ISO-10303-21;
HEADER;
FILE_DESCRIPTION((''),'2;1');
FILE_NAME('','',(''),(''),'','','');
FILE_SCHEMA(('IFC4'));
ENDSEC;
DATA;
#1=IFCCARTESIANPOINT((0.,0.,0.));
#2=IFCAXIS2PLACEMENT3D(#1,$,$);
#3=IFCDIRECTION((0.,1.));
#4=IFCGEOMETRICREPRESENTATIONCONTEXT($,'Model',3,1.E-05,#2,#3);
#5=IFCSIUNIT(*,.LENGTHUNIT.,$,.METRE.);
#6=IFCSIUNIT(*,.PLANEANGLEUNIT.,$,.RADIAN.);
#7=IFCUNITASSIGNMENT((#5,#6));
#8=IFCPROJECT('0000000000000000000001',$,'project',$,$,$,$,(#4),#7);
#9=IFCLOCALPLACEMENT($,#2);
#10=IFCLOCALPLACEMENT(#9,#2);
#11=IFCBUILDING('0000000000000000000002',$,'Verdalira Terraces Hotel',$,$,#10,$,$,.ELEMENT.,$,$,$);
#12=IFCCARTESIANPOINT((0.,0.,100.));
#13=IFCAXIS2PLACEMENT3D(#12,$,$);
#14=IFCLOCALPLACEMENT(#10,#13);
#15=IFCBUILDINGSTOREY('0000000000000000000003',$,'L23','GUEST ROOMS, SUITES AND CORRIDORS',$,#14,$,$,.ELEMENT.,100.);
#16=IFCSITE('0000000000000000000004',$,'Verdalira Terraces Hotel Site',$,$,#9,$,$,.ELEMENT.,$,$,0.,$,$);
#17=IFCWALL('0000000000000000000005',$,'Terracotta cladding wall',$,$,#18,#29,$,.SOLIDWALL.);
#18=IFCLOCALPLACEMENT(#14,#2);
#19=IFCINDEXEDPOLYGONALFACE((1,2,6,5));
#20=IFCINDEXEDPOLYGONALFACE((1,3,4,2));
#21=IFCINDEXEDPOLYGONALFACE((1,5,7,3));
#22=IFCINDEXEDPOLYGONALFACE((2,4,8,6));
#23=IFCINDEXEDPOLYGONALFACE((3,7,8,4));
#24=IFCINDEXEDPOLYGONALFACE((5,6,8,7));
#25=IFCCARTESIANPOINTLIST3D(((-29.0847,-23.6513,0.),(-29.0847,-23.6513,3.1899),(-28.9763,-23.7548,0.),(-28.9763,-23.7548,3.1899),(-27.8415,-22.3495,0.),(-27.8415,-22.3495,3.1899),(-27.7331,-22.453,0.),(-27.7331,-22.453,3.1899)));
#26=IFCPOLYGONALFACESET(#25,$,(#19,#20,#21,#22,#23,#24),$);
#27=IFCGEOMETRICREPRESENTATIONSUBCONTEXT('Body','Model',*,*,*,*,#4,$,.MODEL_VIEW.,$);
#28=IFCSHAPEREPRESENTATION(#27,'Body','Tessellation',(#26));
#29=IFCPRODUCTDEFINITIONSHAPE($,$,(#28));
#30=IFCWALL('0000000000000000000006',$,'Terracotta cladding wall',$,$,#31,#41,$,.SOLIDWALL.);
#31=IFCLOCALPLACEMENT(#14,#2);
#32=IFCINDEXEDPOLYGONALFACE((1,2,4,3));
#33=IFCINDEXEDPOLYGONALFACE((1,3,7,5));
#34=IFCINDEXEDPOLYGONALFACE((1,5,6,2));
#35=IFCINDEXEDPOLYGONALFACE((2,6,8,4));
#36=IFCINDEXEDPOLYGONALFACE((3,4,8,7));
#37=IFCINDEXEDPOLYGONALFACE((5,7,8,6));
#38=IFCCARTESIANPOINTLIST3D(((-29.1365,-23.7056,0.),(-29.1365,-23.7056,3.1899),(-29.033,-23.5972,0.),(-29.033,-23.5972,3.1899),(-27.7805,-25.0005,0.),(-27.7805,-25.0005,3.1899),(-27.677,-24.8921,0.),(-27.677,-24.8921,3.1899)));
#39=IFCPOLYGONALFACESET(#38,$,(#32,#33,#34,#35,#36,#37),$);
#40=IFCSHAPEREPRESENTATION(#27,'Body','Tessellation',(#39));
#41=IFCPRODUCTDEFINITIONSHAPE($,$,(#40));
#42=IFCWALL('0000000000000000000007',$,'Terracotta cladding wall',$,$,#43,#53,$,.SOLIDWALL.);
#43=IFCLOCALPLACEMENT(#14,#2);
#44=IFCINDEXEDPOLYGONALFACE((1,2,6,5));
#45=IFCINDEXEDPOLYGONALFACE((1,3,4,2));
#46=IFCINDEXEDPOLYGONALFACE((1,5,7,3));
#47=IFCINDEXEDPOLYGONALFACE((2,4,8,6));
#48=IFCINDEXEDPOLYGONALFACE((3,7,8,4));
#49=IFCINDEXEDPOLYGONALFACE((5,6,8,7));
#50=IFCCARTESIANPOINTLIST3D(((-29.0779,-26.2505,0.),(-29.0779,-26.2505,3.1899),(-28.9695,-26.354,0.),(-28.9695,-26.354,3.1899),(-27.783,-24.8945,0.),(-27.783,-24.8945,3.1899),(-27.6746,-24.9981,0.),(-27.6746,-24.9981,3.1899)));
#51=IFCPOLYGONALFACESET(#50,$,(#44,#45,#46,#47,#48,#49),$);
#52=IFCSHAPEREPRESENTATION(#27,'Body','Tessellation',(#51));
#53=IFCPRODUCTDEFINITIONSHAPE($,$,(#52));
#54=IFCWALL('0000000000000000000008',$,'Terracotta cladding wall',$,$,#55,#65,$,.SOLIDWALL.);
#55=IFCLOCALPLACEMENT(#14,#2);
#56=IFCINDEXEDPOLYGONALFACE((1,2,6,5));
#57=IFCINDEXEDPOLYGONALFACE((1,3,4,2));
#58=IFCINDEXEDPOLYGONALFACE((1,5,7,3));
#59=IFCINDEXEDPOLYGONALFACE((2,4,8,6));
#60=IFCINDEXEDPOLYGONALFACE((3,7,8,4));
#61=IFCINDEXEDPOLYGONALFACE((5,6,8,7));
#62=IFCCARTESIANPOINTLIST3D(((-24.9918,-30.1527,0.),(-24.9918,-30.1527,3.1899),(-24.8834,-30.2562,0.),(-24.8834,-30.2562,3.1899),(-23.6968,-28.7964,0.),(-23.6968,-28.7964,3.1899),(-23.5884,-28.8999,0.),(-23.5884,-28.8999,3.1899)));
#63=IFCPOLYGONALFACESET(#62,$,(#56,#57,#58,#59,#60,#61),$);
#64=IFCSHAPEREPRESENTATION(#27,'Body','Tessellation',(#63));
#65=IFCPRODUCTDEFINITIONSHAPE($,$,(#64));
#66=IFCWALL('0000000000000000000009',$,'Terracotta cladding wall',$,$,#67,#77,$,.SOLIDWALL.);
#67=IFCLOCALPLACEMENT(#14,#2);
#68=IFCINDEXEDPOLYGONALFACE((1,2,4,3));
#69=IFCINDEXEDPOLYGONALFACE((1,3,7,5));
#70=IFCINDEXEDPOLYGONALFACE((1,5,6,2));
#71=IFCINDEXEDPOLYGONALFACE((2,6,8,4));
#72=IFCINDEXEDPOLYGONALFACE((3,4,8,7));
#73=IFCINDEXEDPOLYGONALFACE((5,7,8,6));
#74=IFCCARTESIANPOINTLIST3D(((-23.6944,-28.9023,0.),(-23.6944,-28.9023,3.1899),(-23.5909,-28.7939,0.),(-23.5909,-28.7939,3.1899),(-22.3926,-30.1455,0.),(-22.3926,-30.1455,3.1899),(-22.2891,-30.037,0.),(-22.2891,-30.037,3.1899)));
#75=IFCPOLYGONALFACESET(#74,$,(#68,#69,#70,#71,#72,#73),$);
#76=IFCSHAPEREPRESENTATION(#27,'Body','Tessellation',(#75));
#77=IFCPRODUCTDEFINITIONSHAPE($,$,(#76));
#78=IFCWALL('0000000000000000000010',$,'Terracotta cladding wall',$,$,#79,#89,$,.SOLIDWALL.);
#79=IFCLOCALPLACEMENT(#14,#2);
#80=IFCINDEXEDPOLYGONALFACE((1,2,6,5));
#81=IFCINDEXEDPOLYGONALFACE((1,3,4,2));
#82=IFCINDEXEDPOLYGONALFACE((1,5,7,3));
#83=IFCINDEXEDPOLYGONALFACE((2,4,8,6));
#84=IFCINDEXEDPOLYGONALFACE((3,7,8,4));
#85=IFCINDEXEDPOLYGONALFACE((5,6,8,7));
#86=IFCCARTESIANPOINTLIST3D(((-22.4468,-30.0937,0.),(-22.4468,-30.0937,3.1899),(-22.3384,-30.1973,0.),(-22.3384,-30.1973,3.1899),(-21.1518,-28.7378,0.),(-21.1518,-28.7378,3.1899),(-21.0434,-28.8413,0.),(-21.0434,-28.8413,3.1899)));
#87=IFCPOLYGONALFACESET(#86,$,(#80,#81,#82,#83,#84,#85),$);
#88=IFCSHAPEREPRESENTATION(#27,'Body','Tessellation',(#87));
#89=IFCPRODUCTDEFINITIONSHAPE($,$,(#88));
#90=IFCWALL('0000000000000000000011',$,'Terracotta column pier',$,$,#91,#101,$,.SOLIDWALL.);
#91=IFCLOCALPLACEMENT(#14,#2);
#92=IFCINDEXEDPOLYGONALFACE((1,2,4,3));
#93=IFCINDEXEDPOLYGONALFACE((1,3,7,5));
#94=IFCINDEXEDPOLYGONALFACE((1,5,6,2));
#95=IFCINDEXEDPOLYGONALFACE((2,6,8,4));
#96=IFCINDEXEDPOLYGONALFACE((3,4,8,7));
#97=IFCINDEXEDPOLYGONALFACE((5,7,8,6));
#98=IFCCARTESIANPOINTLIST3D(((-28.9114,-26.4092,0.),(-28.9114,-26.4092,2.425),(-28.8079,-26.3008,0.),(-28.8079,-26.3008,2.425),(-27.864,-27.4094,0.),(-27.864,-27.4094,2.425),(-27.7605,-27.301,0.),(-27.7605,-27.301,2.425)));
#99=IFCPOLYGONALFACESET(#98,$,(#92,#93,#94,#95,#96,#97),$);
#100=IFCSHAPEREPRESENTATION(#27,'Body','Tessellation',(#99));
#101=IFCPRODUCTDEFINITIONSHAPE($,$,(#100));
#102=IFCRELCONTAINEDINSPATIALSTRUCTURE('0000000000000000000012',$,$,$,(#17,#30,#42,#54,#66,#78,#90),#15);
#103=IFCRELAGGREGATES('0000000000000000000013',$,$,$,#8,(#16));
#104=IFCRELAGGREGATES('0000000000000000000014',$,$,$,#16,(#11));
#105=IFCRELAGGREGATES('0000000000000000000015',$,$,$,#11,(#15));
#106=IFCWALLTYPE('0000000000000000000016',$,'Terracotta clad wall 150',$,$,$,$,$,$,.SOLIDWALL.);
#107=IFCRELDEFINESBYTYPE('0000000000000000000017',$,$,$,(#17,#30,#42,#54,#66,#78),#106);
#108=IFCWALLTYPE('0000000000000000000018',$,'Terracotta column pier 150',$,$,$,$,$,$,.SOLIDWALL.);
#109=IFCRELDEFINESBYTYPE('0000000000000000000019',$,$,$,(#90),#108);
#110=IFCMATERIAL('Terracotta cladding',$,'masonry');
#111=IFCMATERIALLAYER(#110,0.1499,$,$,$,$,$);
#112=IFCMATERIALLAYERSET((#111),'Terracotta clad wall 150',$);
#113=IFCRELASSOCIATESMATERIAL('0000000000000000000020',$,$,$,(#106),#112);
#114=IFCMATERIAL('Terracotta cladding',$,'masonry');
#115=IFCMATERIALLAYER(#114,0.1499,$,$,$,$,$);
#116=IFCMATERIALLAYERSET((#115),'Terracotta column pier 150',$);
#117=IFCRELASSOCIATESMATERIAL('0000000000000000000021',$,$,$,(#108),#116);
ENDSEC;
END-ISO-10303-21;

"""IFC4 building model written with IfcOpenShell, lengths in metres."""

from ifc_helpers import new_model, si_unit, direction, frame, frame_2d, origin, place, context, subcontext, project, spatial, rectangle, extrude, material, layer, layer_set, type_object, element, save


model = new_model("IFC4")

# Units and contexts
model_context = context("Model", 3, precision=1e-05, world=origin(), true_north=direction((0.0, 1.0)))
body_context = subcontext(model_context, "Body", "Model", "MODEL_VIEW")
ifc_project = project(units=[si_unit("LENGTHUNIT", "METRE"), si_unit("PLANEANGLEUNIT", "RADIAN")], contexts=[model_context])

# Site, building, storey
site_placement = place(None, origin())
site = spatial("IfcSite", under=ifc_project, at=site_placement, Name="Verdalira Terraces Hotel Site", CompositionType="ELEMENT", RefElevation=0.0)
building_placement = place(site_placement, origin())
building = spatial("IfcBuilding", under=site, at=building_placement, Name="Verdalira Terraces Hotel", CompositionType="ELEMENT")
storey_placement = place(building_placement, frame((0.0, 0.0, 100.0)))
storey = spatial("IfcBuildingStorey", under=building, at=storey_placement, Name="L23", Description="GUEST ROOMS, SUITES AND CORRIDORS", CompositionType="ELEMENT", Elevation=100.0)

# Walls
ifc_material_1 = material(Name="Terracotta cladding", Category="masonry")
ifc_layer_1 = layer(ifc_material_1, 0.1499)
ifc_layer_set_1 = layer_set([ifc_layer_1], Name="Terracotta clad wall 150")
wall_type_1 = type_object("IfcWallType", Name="Terracotta clad wall 150", PredefinedType="SOLIDWALL", material=ifc_layer_set_1)
wall_1_placement = place(storey_placement, frame((-27.7874, -22.4014, 0.0), z_axis=(0.0, 0.0, 1.0), x_axis=(-0.690643, -0.723195, 0.0)))
element("IfcWall", 1, at=wall_1_placement, inside=storey, type_object=wall_type_1, Name="Terracotta cladding wall", PredefinedType="SOLIDWALL", context=body_context, shape_type="SweptSolid", body=[
    extrude(rectangle(XDim=1.8, YDim=0.1499, at=frame_2d((0.8999, 0.0))), origin(), (0.0, 0.0, 1.0), 3.1899),
])
for number, where, z_axis, x_axis, name in (
    (2, (-29.0847, -23.6514, 0.0), (0.0, 0.0, 1.0), (0.723196, -0.690643, 0.0), "Terracotta cladding wall"),
    (3, (-27.7288, -24.9463, 0.0), (0.0, 0.0, 1.0), (-0.690643, -0.723196, 0.0), "Terracotta cladding wall"),
):
    element("IfcWall", number, at=place(storey_placement, frame(where, z_axis=z_axis, x_axis=x_axis)), inside=storey, type_object=wall_type_1, Name=name, PredefinedType="SOLIDWALL", context=body_context, shape_type="SweptSolid", body=[
        extrude(rectangle(XDim=1.875, YDim=0.1499, at=frame_2d((0.9375, 0.0))), origin(), (0.0, 0.0, 1.0), 3.1899),
    ])
wall_2_placement = place(storey_placement, frame((-24.9375, -30.2043, 0.0), z_axis=(0.0, 0.0, 1.0), x_axis=(0.690578, 0.723258, 0.0)))
element("IfcWall", 4, at=wall_2_placement, inside=storey, type_object=wall_type_1, Name="Terracotta cladding wall", PredefinedType="SOLIDWALL", context=body_context, shape_type="SweptSolid", body=[
    extrude(rectangle(XDim=1.8752, YDim=0.1499, at=frame_2d((0.9375, 0.0))), origin(), (0.0, 0.0, 1.0), 3.1899),
])
wall_3_placement = place(storey_placement, frame((-23.6426, -28.8481, 0.0), z_axis=(0.0, 0.0, 1.0), x_axis=(0.723195, -0.690643, 0.0)))
element("IfcWall", 5, at=wall_3_placement, inside=storey, type_object=wall_type_1, Name="Terracotta cladding wall", PredefinedType="SOLIDWALL", context=body_context, shape_type="SweptSolid", body=[
    extrude(rectangle(XDim=1.8, YDim=0.1499, at=frame_2d((0.8999, 0.0))), origin(), (0.0, 0.0, 1.0), 3.1899),
])
wall_4_placement = place(storey_placement, frame((-22.3926, -30.1455, 0.0), z_axis=(0.0, 0.0, 1.0), x_axis=(0.690643, 0.723196, 0.0)))
element("IfcWall", 6, at=wall_4_placement, inside=storey, type_object=wall_type_1, Name="Terracotta cladding wall", PredefinedType="SOLIDWALL", context=body_context, shape_type="SweptSolid", body=[
    extrude(rectangle(XDim=1.875, YDim=0.1499, at=frame_2d((0.9375, 0.0))), origin(), (0.0, 0.0, 1.0), 3.1899),
])
ifc_material_2 = material(Name="Terracotta cladding", Category="masonry")
ifc_layer_2 = layer(ifc_material_2, 0.1499)
ifc_layer_set_2 = layer_set([ifc_layer_2], Name="Terracotta column pier 150")
wall_type_2 = type_object("IfcWallType", Name="Terracotta column pier 150", PredefinedType="SOLIDWALL", material=ifc_layer_set_2)
wall_5_placement = place(storey_placement, frame((-28.8596, -26.355, 0.0), z_axis=(0.0, 0.0, 1.0), x_axis=(0.723187, -0.690652, 0.0)))
element("IfcWall", 7, at=wall_5_placement, inside=storey, type_object=wall_type_2, Name="Terracotta column pier", PredefinedType="SOLIDWALL", context=body_context, shape_type="SweptSolid", body=[
    extrude(rectangle(XDim=1.4482, YDim=0.1499, at=frame_2d((0.7241, 0.0))), origin(), (0.0, 0.0, 1.0), 2.425),
])

save(model, "model.ifc")
